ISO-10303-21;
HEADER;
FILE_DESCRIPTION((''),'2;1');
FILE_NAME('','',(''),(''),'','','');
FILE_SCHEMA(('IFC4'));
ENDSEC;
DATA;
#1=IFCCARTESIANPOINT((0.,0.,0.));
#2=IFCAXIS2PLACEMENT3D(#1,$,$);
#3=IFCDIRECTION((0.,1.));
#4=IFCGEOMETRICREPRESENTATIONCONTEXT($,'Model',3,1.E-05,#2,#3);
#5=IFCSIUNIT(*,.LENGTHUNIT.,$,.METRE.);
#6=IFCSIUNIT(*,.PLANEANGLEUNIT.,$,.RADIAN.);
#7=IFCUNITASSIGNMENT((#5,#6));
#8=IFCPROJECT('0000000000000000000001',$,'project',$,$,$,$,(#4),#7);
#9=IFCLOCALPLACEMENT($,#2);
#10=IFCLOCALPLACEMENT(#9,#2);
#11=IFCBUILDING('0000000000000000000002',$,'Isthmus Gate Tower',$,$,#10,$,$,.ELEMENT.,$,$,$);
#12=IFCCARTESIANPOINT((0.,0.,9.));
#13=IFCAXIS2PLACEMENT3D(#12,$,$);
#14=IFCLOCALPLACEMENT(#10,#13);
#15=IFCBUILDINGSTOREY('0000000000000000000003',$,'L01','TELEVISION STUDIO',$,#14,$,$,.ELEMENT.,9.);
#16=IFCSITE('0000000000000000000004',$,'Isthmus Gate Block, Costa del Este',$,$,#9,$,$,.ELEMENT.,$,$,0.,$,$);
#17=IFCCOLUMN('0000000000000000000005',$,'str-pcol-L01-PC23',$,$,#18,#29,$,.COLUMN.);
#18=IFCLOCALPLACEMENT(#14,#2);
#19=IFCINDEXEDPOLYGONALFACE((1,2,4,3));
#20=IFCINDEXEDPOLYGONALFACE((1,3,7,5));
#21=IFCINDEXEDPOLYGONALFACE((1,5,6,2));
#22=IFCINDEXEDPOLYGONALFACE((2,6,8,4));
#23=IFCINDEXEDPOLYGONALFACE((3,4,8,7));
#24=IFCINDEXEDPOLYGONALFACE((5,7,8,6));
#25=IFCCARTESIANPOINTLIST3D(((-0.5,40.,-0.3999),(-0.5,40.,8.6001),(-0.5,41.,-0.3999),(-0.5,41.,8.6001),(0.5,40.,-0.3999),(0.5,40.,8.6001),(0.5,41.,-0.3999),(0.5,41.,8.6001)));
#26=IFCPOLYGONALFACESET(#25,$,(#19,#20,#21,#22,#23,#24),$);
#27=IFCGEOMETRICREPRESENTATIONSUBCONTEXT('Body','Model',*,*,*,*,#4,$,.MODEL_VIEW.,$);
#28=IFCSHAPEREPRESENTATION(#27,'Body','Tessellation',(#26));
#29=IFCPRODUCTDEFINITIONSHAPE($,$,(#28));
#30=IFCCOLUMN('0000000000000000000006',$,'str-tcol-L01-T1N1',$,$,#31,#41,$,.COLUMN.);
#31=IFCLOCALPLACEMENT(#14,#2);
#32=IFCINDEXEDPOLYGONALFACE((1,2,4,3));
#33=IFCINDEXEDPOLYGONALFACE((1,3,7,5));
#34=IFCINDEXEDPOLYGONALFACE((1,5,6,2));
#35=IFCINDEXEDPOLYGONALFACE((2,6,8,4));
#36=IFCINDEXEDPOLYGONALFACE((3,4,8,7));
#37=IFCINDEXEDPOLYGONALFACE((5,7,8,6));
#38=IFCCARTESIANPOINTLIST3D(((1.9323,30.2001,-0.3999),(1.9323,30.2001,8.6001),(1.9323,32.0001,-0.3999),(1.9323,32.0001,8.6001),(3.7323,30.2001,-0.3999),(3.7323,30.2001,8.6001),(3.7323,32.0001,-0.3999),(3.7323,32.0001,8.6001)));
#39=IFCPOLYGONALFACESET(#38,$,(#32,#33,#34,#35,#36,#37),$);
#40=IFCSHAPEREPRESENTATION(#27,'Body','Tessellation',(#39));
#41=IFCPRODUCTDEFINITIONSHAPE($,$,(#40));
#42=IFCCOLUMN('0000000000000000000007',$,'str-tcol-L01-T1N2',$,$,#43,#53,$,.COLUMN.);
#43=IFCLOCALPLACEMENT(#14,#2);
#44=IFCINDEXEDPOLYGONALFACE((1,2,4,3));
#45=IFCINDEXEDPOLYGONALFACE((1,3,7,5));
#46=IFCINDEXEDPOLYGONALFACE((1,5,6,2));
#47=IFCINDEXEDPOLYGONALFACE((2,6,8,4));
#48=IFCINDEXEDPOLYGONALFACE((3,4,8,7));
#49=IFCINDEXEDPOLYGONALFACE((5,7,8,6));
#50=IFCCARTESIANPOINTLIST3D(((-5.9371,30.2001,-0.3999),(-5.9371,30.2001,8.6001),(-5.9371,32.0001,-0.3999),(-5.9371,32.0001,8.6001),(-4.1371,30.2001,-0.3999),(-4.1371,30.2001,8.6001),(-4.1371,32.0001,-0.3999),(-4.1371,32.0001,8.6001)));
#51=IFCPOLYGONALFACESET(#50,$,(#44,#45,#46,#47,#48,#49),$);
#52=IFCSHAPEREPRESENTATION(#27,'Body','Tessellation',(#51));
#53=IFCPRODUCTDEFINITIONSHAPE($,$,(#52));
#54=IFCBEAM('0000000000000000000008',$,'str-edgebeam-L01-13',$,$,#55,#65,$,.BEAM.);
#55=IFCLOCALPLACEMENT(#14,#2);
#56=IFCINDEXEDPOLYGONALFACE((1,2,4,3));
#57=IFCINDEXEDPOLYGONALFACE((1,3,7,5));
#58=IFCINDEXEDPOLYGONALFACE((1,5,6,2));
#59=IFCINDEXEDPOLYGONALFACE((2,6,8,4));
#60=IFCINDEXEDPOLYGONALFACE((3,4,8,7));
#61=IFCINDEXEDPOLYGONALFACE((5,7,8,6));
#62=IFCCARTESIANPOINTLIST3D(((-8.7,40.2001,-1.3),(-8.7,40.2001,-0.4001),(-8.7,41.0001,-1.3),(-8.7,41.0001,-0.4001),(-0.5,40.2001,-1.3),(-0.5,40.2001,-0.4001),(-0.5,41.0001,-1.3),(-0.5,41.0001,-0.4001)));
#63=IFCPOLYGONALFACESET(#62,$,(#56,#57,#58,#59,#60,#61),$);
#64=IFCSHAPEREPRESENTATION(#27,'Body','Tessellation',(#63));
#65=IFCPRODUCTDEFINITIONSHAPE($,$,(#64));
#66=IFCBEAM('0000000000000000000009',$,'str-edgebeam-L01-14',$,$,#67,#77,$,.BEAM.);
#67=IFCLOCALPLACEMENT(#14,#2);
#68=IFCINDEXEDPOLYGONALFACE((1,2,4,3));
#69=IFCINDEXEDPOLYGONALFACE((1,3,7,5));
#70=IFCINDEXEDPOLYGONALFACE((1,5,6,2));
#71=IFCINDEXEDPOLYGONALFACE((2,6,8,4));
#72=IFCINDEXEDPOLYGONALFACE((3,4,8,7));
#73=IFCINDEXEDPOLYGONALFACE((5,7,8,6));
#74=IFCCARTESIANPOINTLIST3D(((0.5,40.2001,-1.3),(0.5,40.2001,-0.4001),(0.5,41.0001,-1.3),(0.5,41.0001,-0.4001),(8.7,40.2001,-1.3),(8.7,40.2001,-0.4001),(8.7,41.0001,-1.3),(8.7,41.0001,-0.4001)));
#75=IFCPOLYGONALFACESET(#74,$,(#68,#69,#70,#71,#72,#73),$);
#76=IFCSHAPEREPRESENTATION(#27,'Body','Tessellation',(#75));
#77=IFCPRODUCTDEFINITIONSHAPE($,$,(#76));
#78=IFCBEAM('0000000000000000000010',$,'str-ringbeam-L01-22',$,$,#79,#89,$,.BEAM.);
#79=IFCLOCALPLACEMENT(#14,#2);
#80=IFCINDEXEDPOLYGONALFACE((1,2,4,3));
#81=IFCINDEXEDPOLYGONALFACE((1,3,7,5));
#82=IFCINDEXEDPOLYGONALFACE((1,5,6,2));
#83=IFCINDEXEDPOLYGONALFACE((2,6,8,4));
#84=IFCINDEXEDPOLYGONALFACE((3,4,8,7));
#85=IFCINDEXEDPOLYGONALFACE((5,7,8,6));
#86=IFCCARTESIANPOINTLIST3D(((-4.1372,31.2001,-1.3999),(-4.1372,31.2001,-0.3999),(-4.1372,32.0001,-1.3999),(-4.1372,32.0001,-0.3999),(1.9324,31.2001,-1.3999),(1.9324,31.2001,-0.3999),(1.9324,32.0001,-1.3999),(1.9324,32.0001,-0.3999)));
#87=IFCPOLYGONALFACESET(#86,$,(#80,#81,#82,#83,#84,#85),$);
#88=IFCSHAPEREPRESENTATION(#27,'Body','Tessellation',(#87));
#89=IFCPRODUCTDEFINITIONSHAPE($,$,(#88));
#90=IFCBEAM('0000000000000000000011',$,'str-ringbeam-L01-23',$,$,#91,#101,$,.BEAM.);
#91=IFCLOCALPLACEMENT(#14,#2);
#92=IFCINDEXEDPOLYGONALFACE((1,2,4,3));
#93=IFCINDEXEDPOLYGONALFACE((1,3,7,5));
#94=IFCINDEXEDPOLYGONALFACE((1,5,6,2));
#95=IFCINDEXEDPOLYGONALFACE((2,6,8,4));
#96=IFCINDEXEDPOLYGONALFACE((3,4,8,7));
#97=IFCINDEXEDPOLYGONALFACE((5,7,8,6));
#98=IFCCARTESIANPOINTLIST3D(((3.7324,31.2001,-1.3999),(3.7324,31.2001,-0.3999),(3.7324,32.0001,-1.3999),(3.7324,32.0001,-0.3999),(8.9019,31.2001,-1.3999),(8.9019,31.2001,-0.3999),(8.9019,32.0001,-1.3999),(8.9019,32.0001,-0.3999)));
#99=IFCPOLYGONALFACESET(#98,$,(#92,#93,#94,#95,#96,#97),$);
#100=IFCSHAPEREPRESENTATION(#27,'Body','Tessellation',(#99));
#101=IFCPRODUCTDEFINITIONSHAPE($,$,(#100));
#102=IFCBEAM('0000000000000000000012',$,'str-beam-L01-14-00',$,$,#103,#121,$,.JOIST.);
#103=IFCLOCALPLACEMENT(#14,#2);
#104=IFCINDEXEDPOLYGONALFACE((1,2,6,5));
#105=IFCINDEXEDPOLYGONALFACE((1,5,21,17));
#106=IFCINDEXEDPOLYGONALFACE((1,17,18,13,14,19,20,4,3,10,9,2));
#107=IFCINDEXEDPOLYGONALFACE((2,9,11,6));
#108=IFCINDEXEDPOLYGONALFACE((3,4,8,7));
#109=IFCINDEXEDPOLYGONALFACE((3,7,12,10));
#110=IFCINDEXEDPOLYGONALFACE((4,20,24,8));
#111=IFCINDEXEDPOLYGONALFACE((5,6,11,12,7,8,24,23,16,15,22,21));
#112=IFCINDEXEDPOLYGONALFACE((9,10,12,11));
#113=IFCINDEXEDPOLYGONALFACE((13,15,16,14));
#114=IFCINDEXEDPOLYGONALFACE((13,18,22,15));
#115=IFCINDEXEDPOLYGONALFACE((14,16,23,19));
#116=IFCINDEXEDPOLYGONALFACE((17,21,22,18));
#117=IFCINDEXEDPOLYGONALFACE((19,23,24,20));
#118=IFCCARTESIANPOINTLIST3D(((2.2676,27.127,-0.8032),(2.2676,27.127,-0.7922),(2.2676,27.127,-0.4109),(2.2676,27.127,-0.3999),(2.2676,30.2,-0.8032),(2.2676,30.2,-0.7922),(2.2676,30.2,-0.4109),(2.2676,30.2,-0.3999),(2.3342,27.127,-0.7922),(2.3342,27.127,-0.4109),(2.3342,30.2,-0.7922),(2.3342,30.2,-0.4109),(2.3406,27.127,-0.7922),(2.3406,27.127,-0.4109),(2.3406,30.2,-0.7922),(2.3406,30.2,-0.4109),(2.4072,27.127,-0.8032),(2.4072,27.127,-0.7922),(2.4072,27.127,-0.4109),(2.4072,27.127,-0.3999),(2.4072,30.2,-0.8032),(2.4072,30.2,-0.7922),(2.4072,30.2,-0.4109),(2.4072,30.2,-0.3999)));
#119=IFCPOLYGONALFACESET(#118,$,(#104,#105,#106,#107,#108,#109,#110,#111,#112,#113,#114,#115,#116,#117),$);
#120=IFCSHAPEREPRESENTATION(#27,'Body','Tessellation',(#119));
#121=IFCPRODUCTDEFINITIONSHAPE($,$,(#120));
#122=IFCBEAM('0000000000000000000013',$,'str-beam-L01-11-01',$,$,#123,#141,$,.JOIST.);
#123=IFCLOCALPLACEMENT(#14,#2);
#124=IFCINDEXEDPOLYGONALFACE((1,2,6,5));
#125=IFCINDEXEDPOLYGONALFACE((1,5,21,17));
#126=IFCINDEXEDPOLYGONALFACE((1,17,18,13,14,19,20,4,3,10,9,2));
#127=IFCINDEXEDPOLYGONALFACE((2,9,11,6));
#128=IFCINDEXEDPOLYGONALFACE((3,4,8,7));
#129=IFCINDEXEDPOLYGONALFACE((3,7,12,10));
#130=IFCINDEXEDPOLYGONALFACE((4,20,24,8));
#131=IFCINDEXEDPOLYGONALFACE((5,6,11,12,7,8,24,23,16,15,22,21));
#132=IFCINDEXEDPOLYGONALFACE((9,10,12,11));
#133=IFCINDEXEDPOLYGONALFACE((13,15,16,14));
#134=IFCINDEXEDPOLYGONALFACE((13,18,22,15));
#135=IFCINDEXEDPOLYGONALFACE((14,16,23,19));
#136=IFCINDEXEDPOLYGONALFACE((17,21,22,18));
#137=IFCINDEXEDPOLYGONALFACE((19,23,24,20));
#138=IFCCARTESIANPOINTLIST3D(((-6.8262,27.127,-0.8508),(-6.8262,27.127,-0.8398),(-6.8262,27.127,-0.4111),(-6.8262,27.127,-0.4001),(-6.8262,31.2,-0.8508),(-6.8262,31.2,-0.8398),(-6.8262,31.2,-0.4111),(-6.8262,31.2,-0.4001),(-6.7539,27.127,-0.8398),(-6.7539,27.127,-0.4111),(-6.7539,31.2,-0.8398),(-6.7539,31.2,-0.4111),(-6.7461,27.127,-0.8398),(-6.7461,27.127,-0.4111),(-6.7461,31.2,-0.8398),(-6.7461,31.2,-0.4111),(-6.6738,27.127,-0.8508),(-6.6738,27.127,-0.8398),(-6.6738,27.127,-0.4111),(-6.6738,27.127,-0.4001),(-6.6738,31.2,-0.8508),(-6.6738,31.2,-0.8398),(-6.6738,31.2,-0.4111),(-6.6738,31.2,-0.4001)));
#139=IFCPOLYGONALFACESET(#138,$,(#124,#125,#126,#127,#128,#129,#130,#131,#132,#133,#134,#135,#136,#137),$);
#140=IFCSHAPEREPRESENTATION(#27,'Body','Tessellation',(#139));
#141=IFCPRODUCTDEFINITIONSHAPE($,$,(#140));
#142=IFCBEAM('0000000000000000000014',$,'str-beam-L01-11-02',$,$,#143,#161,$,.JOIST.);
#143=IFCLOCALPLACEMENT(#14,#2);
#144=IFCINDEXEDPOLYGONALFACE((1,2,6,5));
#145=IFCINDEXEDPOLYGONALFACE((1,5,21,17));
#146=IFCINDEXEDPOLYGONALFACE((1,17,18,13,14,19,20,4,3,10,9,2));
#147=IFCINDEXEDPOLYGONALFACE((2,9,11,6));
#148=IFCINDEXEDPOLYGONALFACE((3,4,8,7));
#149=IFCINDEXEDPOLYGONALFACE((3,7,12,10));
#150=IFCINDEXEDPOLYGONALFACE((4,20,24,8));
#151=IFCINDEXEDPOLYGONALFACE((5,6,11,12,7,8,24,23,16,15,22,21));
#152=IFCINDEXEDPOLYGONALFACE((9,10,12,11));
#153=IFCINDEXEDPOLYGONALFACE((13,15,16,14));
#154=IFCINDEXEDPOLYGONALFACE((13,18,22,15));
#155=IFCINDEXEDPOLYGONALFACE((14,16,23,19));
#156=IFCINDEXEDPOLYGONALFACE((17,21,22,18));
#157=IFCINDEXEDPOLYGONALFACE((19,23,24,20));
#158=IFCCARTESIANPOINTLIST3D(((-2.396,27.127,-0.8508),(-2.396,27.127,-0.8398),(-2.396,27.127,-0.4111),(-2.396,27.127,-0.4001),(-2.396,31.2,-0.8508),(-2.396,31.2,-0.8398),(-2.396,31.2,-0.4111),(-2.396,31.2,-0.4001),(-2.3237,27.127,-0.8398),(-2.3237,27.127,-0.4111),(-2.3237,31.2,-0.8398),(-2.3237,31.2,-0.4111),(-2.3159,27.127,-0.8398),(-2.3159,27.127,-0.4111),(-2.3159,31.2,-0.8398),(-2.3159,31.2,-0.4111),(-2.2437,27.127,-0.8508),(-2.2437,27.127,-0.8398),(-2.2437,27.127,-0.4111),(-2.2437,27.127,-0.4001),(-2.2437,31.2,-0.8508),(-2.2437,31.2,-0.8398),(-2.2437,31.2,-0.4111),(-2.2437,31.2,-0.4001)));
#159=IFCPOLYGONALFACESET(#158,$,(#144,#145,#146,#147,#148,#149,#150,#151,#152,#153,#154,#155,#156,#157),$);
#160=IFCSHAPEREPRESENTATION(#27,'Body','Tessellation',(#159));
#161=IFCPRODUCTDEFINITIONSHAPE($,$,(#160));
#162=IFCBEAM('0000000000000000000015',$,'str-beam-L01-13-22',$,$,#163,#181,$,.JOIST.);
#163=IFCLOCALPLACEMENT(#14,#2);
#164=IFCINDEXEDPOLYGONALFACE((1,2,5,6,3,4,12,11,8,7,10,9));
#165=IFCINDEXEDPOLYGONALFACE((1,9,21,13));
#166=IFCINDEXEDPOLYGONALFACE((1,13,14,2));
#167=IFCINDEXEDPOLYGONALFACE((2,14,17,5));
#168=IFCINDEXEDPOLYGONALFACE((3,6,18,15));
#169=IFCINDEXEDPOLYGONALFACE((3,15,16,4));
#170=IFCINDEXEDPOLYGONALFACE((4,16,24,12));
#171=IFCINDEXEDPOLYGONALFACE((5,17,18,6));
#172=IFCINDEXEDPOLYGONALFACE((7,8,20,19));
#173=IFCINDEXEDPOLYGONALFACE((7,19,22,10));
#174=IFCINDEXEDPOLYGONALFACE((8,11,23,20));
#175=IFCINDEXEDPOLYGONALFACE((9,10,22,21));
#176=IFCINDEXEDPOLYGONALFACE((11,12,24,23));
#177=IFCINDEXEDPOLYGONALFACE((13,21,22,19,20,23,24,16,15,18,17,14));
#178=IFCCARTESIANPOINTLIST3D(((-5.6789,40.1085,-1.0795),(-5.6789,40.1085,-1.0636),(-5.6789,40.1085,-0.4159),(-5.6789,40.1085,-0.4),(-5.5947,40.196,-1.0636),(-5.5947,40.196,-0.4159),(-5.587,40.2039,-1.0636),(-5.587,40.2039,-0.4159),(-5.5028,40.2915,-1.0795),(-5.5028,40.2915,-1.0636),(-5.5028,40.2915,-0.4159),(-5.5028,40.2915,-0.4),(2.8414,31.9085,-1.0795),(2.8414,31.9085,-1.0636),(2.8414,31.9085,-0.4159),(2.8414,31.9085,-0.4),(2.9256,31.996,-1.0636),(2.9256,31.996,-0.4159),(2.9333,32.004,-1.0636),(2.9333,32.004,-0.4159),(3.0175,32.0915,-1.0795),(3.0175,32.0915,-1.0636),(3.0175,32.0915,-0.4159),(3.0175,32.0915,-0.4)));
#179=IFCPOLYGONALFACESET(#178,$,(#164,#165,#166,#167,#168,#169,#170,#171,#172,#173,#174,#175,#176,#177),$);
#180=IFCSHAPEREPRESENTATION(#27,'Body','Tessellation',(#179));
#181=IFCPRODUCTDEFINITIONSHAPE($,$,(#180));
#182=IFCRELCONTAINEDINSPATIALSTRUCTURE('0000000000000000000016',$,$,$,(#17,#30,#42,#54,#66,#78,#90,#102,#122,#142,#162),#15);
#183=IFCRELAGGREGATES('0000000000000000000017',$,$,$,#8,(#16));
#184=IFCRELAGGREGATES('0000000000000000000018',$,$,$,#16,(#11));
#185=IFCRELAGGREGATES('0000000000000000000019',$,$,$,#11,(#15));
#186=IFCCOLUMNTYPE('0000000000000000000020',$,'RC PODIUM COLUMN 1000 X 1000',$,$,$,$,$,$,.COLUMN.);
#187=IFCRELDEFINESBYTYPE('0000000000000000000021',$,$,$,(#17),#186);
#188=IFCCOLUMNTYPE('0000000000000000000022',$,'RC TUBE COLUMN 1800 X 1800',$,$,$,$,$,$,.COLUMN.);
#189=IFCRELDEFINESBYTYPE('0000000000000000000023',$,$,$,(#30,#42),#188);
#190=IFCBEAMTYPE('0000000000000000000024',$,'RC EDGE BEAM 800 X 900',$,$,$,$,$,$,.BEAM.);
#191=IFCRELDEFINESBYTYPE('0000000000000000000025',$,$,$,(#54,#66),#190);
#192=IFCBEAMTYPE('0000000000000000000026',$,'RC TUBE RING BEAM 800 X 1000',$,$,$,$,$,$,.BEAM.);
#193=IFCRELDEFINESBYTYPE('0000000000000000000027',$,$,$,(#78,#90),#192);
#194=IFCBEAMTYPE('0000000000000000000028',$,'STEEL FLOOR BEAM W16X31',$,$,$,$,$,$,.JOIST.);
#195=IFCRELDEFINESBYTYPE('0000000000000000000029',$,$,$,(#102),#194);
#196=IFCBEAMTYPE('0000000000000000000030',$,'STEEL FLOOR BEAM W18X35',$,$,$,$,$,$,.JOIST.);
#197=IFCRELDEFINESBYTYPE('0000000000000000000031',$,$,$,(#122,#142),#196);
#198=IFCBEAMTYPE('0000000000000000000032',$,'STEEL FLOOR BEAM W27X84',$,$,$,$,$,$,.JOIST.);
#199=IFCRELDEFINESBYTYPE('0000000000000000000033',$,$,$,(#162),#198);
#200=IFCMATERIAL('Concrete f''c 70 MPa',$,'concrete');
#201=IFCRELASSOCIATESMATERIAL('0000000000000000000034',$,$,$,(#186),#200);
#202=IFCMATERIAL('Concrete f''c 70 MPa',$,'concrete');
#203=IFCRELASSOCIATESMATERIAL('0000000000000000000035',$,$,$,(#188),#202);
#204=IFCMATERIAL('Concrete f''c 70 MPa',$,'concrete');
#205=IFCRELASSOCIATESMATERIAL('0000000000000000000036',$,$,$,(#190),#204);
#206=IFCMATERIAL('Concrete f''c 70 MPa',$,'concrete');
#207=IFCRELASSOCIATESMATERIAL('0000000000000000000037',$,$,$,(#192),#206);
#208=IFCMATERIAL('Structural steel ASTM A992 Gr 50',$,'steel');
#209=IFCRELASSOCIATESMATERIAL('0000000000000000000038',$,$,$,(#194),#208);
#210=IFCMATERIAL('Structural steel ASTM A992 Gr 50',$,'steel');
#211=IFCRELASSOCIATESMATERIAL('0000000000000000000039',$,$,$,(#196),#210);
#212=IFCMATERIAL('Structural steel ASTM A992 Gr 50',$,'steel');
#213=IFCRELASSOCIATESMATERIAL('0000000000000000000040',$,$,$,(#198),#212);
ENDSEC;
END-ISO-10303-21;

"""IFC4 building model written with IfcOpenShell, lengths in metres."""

from ifc_helpers import new_model, si_unit, direction, frame, origin, origin_2d, place, context, subcontext, project, spatial, rectangle, i_section, extrude, material, material_profile, profile_set, type_object, element, save


model = new_model("IFC4")

# Units and contexts
model_context = context("Model", 3, precision=1e-05, world=origin(), true_north=direction((0.0, 1.0)))
body_context = subcontext(model_context, "Body", "Model", "MODEL_VIEW")
ifc_project = project(units=[si_unit("LENGTHUNIT", "METRE"), si_unit("PLANEANGLEUNIT", "RADIAN")], contexts=[model_context])

# Site, building, storey
site_placement = place(None, origin())
site = spatial("IfcSite", under=ifc_project, at=site_placement, Name="Isthmus Gate Block, Costa del Este", CompositionType="ELEMENT", RefElevation=0.0)
building_placement = place(site_placement, origin())
building = spatial("IfcBuilding", under=site, at=building_placement, Name="Isthmus Gate Tower", CompositionType="ELEMENT")
storey_placement = place(building_placement, frame((0.0, 0.0, 9.0)))
storey = spatial("IfcBuildingStorey", under=building, at=storey_placement, Name="L01", Description="TELEVISION STUDIO", CompositionType="ELEMENT", Elevation=9.0)

# Columns
ifc_material_1 = material(Name="Concrete f'c 70 MPa", Category="concrete")
ifc_material_profile_1 = material_profile(ifc_material_1, rectangle(XDim=1.0, YDim=1.0, at=origin_2d()), Name="RC 1000X1000")
ifc_profile_set_1 = profile_set([ifc_material_profile_1], Name="Concrete f'c 70 MPa")
column_type_1 = type_object("IfcColumnType", Name="RC PODIUM COLUMN 1000 X 1000", PredefinedType="COLUMN", material=ifc_profile_set_1)
column_placement = place(storey_placement, frame((0.0, 40.5, -0.3999), z_axis=(0.0, 0.0, 1.0), x_axis=(-1.0, 0.0, 0.0)))
element("IfcColumn", 1, at=column_placement, inside=storey, type_object=column_type_1, Name="str-pcol-L01-PC23", PredefinedType="COLUMN", context=body_context, shape_type="SweptSolid", body=[
    extrude(rectangle(XDim=1.0, YDim=1.0, at=origin_2d()), origin(), (0.0, 0.0, 1.0), 9.0),
])
ifc_material_2 = material(Name="Concrete f'c 70 MPa", Category="concrete")
ifc_material_profile_2 = material_profile(ifc_material_2, rectangle(XDim=1.8, YDim=1.8, at=origin_2d()), Name="RC 1800X1800")
ifc_profile_set_2 = profile_set([ifc_material_profile_2], Name="Concrete f'c 70 MPa")
column_type_2 = type_object("IfcColumnType", Name="RC TUBE COLUMN 1800 X 1800", PredefinedType="COLUMN", material=ifc_profile_set_2)
for number, where, z_axis, x_axis, name in (
    (2, (2.8323, 31.1001, -0.3999), (0.0, 0.0, 1.0), (-1.0, 0.0, 0.0), "str-tcol-L01-T1N1"),
    (3, (-5.0371, 31.1001, -0.3999), (0.0, 0.0, 1.0), (-1.0, 0.0, 0.0), "str-tcol-L01-T1N2"),
):
    element("IfcColumn", number, at=place(storey_placement, frame(where, z_axis=z_axis, x_axis=x_axis)), inside=storey, type_object=column_type_2, Name=name, PredefinedType="COLUMN", context=body_context, shape_type="SweptSolid", body=[
        extrude(rectangle(XDim=1.8, YDim=1.8, at=origin_2d()), origin(), (0.0, 0.0, 1.0), 9.0),
    ])

# Beams
ifc_material_3 = material(Name="Concrete f'c 70 MPa", Category="concrete")
ifc_material_profile_3 = material_profile(ifc_material_3, rectangle(XDim=0.8, YDim=0.8999, at=origin_2d()), Name="RC 800X900")
ifc_profile_set_3 = profile_set([ifc_material_profile_3], Name="Concrete f'c 70 MPa")
beam_type_1 = type_object("IfcBeamType", Name="RC EDGE BEAM 800 X 900", PredefinedType="BEAM", material=ifc_profile_set_3)
for number, where, z_axis, x_axis, name in (
    (4, (-8.7, 40.6001, -0.8501), (1.0, 0.0, 0.0), (0.0, 1.0, 0.0), "str-edgebeam-L01-13"),
    (5, (0.5, 40.6001, -0.8501), (1.0, 0.0, 0.0), (0.0, 1.0, 0.0), "str-edgebeam-L01-14"),
):
    element("IfcBeam", number, at=place(storey_placement, frame(where, z_axis=z_axis, x_axis=x_axis)), inside=storey, type_object=beam_type_1, Name=name, PredefinedType="BEAM", context=body_context, shape_type="SweptSolid", body=[
        extrude(rectangle(XDim=0.8, YDim=0.8999, at=origin_2d()), origin(), (0.0, 0.0, 1.0), 8.2),
    ])
ifc_material_4 = material(Name="Concrete f'c 70 MPa", Category="concrete")
ifc_material_profile_4 = material_profile(ifc_material_4, rectangle(XDim=0.8, YDim=1.0, at=origin_2d()), Name="RC 800X1000")
ifc_profile_set_4 = profile_set([ifc_material_profile_4], Name="Concrete f'c 70 MPa")
beam_type_2 = type_object("IfcBeamType", Name="RC TUBE RING BEAM 800 X 1000", PredefinedType="BEAM", material=ifc_profile_set_4)
beam_1_placement = place(storey_placement, frame((-4.1372, 31.6001, -0.8999), z_axis=(1.0, 0.0, 0.0), x_axis=(0.0, 1.0, 0.0)))
element("IfcBeam", 6, at=beam_1_placement, inside=storey, type_object=beam_type_2, Name="str-ringbeam-L01-22", PredefinedType="BEAM", context=body_context, shape_type="SweptSolid", body=[
    extrude(rectangle(XDim=0.8, YDim=1.0, at=origin_2d()), origin(), (0.0, 0.0, 1.0), 6.0696),
])
beam_2_placement = place(storey_placement, frame((3.7324, 31.6001, -0.8999), z_axis=(1.0, 0.0, 0.0), x_axis=(0.0, 1.0, 0.0)))
element("IfcBeam", 7, at=beam_2_placement, inside=storey, type_object=beam_type_2, Name="str-ringbeam-L01-23", PredefinedType="BEAM", context=body_context, shape_type="SweptSolid", body=[
    extrude(rectangle(XDim=0.8, YDim=1.0, at=origin_2d()), origin(), (0.0, 0.0, 1.0), 5.1694),
])
ifc_material_5 = material(Name="Structural steel ASTM A992 Gr 50", Category="steel")
ifc_material_profile_5 = material_profile(ifc_material_5, i_section(OverallWidth=0.1396, OverallDepth=0.4033, WebThickness=0.0063, FlangeThickness=0.011, at=origin_2d()), Name="W16X31")
ifc_profile_set_5 = profile_set([ifc_material_profile_5], Name="Structural steel ASTM A992 Gr 50")
beam_type_3 = type_object("IfcBeamType", Name="STEEL FLOOR BEAM W16X31", PredefinedType="JOIST", material=ifc_profile_set_5)
beam_3_placement = place(storey_placement, frame((2.3374, 27.127, -0.6016), z_axis=(0.0, 1.0, 0.0), x_axis=(-1.0, 0.0, 0.0)))
element("IfcBeam", 8, at=beam_3_placement, inside=storey, type_object=beam_type_3, Name="str-beam-L01-14-00", PredefinedType="JOIST", context=body_context, shape_type="SweptSolid", body=[
    extrude(i_section(OverallWidth=0.1396, OverallDepth=0.4033, WebThickness=0.0063, FlangeThickness=0.011, at=origin_2d()), origin(), (0.0, 0.0, 1.0), 3.073),
])
ifc_material_6 = material(Name="Structural steel ASTM A992 Gr 50", Category="steel")
ifc_material_profile_6 = material_profile(ifc_material_6, i_section(OverallWidth=0.1523, OverallDepth=0.4507, WebThickness=0.0078, FlangeThickness=0.011, at=origin_2d()), Name="W18X35")
ifc_profile_set_6 = profile_set([ifc_material_profile_6], Name="Structural steel ASTM A992 Gr 50")
beam_type_4 = type_object("IfcBeamType", Name="STEEL FLOOR BEAM W18X35", PredefinedType="JOIST", material=ifc_profile_set_6)
for number, where, z_axis, x_axis, name in (
    (9, (-6.75, 27.127, -0.6255), (0.0, 1.0, 0.0), (-1.0, 0.0, 0.0), "str-beam-L01-11-01"),
    (10, (-2.3198, 27.127, -0.6255), (0.0, 1.0, 0.0), (-1.0, 0.0, 0.0), "str-beam-L01-11-02"),
):
    element("IfcBeam", number, at=place(storey_placement, frame(where, z_axis=z_axis, x_axis=x_axis)), inside=storey, type_object=beam_type_4, Name=name, PredefinedType="JOIST", context=body_context, shape_type="SweptSolid", body=[
        extrude(i_section(OverallWidth=0.1523, OverallDepth=0.4507, WebThickness=0.0078, FlangeThickness=0.011, at=origin_2d()), origin(), (0.0, 0.0, 1.0), 4.073),
    ])
ifc_material_7 = material(Name="Structural steel ASTM A992 Gr 50", Category="steel")
ifc_material_profile_7 = material_profile(ifc_material_7, i_section(OverallWidth=0.2539, OverallDepth=0.6794, WebThickness=0.011, FlangeThickness=0.0159, at=origin_2d()), Name="W27X84")
ifc_profile_set_7 = profile_set([ifc_material_profile_7], Name="Structural steel ASTM A992 Gr 50")
beam_type_5 = type_object("IfcBeamType", Name="STEEL FLOOR BEAM W27X84", PredefinedType="JOIST", material=ifc_profile_set_7)
beam_4_placement = place(storey_placement, frame((2.9294, 32.0, -0.7397), z_axis=(-0.720521, 0.693433, 0.0), x_axis=(-0.693433, -0.720521, 0.0)))
element("IfcBeam", 11, at=beam_4_placement, inside=storey, type_object=beam_type_5, Name="str-beam-L01-13-22", PredefinedType="JOIST", context=body_context, shape_type="SweptSolid", body=[
    extrude(i_section(OverallWidth=0.2539, OverallDepth=0.6794, WebThickness=0.011, FlangeThickness=0.0159, at=origin_2d()), origin(), (0.0, 0.0, 1.0), 11.8252),
])

save(model, "model.ifc")
